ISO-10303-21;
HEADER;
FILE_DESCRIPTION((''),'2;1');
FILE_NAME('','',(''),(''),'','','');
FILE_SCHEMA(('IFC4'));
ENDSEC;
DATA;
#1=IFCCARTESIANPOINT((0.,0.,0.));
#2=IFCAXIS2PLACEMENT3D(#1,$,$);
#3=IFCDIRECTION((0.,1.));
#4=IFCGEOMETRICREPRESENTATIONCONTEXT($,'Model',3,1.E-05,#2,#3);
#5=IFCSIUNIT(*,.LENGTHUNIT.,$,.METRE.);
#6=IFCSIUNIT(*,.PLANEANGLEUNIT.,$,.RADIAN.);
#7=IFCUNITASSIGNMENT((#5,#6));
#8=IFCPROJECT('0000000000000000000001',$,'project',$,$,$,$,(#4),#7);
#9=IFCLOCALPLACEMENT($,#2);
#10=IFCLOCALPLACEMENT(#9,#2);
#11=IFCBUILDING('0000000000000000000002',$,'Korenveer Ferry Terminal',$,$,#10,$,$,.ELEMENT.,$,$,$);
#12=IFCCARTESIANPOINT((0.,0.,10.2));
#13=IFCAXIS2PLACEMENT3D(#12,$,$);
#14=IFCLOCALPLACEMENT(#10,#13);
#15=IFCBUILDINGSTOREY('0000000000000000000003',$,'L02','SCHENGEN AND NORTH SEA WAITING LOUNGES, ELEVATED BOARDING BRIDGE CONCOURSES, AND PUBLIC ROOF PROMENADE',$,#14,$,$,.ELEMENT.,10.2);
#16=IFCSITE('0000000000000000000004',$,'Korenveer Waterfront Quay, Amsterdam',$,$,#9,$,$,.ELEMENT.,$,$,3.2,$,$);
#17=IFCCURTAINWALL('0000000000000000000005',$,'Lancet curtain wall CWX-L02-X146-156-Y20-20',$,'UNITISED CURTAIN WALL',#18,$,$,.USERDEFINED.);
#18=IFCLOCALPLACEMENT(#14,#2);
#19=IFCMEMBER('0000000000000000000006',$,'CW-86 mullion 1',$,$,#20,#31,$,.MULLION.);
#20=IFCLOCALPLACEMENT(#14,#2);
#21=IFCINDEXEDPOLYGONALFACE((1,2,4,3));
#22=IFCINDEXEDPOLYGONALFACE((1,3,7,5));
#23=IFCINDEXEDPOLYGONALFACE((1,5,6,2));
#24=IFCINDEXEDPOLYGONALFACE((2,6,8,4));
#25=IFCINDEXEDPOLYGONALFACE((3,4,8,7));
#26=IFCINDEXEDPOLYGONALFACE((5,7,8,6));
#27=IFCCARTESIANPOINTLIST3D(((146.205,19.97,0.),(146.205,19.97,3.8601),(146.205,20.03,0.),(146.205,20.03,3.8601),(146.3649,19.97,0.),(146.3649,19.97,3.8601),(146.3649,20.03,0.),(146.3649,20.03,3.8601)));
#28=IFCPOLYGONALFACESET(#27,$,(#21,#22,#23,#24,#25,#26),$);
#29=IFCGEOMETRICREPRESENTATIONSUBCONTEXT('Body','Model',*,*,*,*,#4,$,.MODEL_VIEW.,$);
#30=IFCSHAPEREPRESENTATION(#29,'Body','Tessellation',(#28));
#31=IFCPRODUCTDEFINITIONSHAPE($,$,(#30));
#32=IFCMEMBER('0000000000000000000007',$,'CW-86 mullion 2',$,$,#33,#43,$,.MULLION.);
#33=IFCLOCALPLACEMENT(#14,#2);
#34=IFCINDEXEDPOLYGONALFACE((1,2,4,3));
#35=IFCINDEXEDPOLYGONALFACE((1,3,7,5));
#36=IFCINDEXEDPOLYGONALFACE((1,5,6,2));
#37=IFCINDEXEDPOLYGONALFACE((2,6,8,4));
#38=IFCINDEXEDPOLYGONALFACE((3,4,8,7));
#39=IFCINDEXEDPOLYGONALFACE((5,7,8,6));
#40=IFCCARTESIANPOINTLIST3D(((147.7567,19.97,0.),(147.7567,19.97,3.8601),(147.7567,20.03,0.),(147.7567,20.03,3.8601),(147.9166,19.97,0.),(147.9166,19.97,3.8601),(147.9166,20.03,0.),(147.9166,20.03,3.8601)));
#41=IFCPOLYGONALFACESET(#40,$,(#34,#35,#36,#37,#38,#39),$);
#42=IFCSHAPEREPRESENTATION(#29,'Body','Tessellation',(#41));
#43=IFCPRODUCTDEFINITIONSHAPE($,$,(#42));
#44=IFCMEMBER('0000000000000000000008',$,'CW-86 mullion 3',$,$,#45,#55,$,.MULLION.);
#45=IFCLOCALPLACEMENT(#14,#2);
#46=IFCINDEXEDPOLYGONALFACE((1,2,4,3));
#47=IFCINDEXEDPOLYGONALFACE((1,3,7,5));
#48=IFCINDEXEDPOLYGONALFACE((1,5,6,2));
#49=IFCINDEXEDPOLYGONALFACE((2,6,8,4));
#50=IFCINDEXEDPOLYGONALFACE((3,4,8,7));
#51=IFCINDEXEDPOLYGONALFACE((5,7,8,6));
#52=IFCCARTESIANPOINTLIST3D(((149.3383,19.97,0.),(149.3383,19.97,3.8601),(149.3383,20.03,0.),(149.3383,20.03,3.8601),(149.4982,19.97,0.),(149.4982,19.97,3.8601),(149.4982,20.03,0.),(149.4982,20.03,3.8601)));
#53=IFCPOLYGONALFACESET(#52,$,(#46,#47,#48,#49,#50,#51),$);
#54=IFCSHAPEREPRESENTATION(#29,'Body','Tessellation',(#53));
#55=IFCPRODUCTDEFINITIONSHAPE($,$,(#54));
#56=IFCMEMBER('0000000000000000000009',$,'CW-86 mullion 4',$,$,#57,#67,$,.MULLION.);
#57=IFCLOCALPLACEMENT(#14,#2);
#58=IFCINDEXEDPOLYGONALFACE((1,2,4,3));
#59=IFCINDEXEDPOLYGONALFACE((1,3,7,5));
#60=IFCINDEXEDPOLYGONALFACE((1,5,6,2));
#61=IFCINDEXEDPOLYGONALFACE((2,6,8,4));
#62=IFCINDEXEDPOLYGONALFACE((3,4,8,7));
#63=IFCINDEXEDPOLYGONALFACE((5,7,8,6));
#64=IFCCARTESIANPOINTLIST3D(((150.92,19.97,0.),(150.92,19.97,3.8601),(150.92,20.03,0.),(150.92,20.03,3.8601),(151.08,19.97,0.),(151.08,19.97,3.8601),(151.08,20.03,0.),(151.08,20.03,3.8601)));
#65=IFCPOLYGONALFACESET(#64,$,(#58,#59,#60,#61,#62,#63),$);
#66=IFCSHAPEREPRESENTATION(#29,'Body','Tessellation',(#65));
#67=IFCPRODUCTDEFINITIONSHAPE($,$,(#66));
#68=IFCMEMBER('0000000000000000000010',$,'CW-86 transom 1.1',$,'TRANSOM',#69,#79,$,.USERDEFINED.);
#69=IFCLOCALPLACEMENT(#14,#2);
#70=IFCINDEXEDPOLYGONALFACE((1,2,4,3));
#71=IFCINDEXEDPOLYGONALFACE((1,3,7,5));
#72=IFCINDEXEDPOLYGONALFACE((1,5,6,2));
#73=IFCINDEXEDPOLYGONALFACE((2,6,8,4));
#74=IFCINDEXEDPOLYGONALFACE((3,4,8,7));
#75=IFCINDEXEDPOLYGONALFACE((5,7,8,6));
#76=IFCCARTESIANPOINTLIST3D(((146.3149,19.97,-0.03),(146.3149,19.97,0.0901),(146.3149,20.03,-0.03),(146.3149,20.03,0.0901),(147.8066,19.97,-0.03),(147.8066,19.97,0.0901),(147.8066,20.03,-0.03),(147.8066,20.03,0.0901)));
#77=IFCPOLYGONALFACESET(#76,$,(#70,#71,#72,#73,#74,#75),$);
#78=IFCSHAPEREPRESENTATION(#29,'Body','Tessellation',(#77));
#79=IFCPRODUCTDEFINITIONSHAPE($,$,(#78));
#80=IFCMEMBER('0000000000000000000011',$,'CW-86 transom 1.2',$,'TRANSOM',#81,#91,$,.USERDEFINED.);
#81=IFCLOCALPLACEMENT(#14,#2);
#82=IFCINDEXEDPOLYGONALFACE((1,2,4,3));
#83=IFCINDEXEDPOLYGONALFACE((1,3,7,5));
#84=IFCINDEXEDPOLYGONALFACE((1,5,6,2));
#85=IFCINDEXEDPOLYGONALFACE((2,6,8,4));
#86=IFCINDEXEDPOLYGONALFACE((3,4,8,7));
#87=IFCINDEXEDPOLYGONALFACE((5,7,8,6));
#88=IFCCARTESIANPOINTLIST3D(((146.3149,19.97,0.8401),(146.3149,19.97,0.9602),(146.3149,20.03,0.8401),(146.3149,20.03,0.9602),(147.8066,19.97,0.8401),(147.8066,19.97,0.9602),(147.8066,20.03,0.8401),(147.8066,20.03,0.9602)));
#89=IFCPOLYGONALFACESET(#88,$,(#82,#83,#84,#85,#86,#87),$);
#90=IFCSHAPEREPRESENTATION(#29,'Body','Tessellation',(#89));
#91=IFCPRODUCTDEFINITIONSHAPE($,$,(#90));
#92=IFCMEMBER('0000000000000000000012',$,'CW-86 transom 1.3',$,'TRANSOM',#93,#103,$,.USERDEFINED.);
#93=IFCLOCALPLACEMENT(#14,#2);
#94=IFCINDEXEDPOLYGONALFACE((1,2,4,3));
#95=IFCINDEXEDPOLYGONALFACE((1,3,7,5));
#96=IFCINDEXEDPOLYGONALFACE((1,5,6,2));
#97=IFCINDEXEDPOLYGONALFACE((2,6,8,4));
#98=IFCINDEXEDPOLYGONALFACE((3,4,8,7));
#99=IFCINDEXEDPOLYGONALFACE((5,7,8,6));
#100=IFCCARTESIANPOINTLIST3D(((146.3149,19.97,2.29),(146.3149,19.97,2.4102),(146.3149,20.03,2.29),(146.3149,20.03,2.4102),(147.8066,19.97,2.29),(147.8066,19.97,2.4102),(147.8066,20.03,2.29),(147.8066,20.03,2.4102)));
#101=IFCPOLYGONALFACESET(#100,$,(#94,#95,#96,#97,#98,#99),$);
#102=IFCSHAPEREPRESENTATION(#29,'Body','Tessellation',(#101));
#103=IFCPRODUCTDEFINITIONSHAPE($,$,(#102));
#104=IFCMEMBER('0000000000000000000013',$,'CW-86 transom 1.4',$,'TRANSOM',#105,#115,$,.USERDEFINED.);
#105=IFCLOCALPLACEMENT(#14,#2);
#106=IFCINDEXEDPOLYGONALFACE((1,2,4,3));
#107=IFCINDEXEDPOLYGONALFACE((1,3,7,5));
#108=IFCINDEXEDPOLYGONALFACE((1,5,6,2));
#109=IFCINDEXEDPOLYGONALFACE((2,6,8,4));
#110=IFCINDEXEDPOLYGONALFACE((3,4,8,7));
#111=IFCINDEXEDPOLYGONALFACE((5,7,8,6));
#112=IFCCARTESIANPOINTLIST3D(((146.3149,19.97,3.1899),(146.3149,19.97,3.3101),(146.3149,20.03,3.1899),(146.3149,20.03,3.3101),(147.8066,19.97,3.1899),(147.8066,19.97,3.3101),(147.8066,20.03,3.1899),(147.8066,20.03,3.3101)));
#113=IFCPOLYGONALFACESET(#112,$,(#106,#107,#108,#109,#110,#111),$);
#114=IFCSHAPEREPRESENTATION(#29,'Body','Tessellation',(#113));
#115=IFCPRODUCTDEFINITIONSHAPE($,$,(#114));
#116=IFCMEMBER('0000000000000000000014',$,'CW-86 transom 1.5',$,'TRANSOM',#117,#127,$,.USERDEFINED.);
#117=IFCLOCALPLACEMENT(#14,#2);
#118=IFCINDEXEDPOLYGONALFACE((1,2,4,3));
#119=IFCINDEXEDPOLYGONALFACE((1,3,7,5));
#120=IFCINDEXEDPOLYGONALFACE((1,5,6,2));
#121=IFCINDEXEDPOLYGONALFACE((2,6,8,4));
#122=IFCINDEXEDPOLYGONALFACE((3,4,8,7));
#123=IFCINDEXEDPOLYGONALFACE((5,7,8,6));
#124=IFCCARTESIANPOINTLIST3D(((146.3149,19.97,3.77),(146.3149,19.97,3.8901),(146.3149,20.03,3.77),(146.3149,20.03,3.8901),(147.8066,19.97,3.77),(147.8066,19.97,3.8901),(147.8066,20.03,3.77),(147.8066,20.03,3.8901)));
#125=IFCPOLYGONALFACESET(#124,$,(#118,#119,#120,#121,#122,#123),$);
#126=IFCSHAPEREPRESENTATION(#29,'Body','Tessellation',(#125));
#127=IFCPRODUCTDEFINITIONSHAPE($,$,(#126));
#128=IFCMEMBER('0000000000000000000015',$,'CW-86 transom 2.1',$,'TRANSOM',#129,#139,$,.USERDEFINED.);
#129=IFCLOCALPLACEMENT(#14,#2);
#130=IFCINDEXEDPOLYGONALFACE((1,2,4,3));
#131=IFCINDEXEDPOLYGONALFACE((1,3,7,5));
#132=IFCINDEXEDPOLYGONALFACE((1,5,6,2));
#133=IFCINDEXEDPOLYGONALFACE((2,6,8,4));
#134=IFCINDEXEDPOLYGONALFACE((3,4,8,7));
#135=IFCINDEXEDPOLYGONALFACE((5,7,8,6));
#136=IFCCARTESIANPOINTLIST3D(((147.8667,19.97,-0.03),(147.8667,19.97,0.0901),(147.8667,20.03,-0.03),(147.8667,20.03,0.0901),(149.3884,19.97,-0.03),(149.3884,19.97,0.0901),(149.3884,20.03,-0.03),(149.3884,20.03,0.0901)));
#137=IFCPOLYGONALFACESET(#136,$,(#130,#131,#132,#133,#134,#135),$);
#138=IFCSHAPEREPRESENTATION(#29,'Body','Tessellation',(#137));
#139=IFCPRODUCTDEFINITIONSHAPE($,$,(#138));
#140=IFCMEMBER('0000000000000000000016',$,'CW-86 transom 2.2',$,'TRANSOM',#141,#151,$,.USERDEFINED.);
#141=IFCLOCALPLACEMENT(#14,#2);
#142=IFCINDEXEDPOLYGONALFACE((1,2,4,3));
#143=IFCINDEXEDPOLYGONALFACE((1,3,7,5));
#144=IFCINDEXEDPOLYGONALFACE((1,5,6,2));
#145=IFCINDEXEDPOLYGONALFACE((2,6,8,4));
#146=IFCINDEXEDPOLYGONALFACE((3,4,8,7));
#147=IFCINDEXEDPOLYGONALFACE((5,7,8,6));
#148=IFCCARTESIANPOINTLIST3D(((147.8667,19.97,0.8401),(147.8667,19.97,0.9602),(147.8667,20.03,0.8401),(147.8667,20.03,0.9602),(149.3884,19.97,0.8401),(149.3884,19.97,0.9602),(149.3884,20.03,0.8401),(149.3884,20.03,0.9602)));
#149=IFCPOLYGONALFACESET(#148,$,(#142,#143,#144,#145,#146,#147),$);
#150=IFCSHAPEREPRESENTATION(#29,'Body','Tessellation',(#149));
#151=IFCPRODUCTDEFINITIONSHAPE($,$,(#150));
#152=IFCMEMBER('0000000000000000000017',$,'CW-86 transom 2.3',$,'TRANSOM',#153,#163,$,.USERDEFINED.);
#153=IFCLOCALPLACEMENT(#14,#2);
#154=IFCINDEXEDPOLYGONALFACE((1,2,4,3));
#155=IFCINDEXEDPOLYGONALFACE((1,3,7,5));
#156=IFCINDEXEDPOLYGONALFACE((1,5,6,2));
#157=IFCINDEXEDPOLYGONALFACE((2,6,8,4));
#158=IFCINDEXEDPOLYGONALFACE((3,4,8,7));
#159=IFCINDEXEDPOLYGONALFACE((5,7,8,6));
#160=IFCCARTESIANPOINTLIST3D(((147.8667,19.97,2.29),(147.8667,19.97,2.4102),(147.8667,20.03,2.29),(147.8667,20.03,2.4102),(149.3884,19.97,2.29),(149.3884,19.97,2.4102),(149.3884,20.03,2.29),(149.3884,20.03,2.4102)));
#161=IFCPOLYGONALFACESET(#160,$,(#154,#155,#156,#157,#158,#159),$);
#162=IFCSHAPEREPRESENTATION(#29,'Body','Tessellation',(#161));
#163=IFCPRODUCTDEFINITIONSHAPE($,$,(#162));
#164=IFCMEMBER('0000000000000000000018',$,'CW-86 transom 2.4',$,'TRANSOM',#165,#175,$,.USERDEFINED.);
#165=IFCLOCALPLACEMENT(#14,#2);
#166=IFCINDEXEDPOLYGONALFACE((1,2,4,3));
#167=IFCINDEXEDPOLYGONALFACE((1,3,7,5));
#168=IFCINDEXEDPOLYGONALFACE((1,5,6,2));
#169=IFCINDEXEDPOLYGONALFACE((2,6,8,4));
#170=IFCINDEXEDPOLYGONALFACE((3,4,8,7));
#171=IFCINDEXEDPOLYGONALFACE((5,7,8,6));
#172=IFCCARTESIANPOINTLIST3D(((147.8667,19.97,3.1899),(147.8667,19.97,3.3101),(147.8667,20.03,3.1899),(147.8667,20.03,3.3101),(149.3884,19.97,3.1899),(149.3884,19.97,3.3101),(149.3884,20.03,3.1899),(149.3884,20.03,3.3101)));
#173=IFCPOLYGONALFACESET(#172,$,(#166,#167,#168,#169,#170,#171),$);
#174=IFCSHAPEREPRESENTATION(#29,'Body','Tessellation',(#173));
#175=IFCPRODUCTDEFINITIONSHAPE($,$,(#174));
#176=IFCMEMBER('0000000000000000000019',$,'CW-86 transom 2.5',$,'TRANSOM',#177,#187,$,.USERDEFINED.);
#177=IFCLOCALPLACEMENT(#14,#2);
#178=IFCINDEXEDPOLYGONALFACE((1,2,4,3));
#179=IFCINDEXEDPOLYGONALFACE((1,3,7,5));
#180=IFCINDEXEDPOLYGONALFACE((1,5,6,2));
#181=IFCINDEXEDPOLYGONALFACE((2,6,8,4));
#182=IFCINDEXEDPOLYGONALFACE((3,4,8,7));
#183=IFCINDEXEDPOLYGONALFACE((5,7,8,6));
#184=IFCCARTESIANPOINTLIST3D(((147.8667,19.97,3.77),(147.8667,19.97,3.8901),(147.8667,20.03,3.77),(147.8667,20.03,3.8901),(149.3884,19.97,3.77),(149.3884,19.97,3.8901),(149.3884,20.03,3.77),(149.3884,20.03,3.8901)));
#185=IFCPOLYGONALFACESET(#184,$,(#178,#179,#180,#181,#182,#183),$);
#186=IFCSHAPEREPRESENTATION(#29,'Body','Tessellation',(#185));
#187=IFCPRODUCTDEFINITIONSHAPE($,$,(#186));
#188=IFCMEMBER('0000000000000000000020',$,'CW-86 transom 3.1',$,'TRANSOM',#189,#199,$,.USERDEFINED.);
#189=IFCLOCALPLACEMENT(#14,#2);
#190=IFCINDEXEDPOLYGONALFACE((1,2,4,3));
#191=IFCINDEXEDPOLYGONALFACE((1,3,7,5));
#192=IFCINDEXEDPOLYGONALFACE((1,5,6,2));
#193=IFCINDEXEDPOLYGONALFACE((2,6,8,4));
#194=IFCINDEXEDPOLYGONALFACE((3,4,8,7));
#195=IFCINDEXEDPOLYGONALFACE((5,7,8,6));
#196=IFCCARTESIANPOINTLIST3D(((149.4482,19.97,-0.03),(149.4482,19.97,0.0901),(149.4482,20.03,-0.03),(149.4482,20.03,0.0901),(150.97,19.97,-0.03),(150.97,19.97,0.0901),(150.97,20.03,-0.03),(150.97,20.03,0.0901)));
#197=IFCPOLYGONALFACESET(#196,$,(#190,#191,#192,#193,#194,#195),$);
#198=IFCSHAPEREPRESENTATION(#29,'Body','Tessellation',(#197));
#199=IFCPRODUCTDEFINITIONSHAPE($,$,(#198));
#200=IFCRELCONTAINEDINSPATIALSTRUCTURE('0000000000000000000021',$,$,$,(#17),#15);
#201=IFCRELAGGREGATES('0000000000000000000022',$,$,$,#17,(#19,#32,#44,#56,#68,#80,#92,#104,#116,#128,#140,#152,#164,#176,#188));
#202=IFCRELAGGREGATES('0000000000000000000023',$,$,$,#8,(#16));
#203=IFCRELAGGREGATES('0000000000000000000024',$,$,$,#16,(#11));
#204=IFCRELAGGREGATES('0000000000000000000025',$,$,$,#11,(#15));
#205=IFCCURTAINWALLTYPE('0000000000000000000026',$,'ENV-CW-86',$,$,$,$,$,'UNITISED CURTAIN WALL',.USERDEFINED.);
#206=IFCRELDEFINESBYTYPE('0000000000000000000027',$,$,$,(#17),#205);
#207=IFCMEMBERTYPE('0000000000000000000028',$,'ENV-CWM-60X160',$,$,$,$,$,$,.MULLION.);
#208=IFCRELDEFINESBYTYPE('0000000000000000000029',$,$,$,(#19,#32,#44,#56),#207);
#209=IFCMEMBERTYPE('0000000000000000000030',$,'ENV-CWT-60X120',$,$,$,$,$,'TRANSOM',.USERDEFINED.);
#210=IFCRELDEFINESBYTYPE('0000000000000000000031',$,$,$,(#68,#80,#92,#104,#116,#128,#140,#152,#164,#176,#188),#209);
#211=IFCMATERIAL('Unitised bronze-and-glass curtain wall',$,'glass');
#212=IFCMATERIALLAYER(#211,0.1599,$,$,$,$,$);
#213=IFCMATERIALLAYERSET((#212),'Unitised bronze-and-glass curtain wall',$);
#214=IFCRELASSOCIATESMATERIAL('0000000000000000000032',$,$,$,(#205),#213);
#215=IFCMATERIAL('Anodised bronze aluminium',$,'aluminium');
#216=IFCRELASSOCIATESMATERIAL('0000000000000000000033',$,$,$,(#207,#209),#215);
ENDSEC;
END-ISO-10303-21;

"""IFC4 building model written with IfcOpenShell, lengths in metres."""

from ifc_helpers import new_model, si_unit, direction, frame, origin, origin_2d, place, context, subcontext, project, spatial, rectangle, extrude, material, layer, layer_set, material_profile, profile_set, type_object, element, aggregate, save


model = new_model("IFC4")

# Units and contexts
model_context = context("Model", 3, precision=1e-05, world=origin(), true_north=direction((0.0, 1.0)))
body_context = subcontext(model_context, "Body", "Model", "MODEL_VIEW")
ifc_project = project(units=[si_unit("LENGTHUNIT", "METRE"), si_unit("PLANEANGLEUNIT", "RADIAN")], contexts=[model_context])

# Site, building, storey
site_placement = place(None, origin())
site = spatial("IfcSite", under=ifc_project, at=site_placement, Name="Korenveer Waterfront Quay, Amsterdam", CompositionType="ELEMENT", RefElevation=3.2)
building_placement = place(site_placement, origin())
building = spatial("IfcBuilding", under=site, at=building_placement, Name="Korenveer Ferry Terminal", CompositionType="ELEMENT")
storey_placement = place(building_placement, frame((0.0, 0.0, 10.2)))
storey = spatial("IfcBuildingStorey", under=building, at=storey_placement, Name="L02", Description="SCHENGEN AND NORTH SEA WAITING LOUNGES, ELEVATED BOARDING BRIDGE CONCOURSES, AND PUBLIC ROOF PROMENADE", CompositionType="ELEMENT", Elevation=10.2)

# Curtain wall, members
ifc_material_1 = material(Name="Unitised bronze-and-glass curtain wall", Category="glass")
ifc_layer_1 = layer(ifc_material_1, 0.1599)
ifc_layer_set_1 = layer_set([ifc_layer_1], Name="Unitised bronze-and-glass curtain wall")
curtain_wall_type = type_object("IfcCurtainWallType", Name="ENV-CW-86", ElementType="UNITISED CURTAIN WALL", PredefinedType="USERDEFINED", material=ifc_layer_set_1)
curtain_wall_placement = place(storey_placement, frame((146.2549, 20.0, 0.0)))
curtain_wall = element("IfcCurtainWall", 1, at=curtain_wall_placement, inside=storey, type_object=curtain_wall_type, Name="Lancet curtain wall CWX-L02-X146-156-Y20-20", ObjectType="UNITISED CURTAIN WALL", PredefinedType="USERDEFINED")
ifc_material_2 = material(Name="Anodised bronze aluminium", Category="aluminium")
ifc_material_profile_1 = material_profile(ifc_material_2, rectangle(XDim=0.0601, YDim=0.1599, at=origin_2d()), Name="ALU 60x160")
ifc_profile_set_1 = profile_set([ifc_material_profile_1], Name="Anodised bronze aluminium")
member_type_1 = type_object("IfcMemberType", Name="ENV-CWM-60X160", PredefinedType="MULLION", material=ifc_profile_set_1)
member_1_placement = place(storey_placement, frame((146.2849, 20.0, 0.0), z_axis=(0.0, 0.0, 1.0), x_axis=(0.0, 1.0, 0.0)))
member_1 = element("IfcMember", 2, at=member_1_placement, type_object=member_type_1, Name="CW-86 mullion 1", PredefinedType="MULLION", context=body_context, shape_type="SweptSolid", body=[
    extrude(rectangle(XDim=0.0601, YDim=0.1599, at=origin_2d()), origin(), (0.0, 0.0, 1.0), 3.8601),
])
member_2_placement = place(storey_placement, frame((147.8367, 20.0, 0.0), z_axis=(0.0, 0.0, 1.0), x_axis=(0.0, 1.0, 0.0)))
member_2 = element("IfcMember", 3, at=member_2_placement, type_object=member_type_1, Name="CW-86 mullion 2", PredefinedType="MULLION", context=body_context, shape_type="SweptSolid", body=[
    extrude(rectangle(XDim=0.0601, YDim=0.1599, at=origin_2d()), origin(), (0.0, 0.0, 1.0), 3.8601),
])
member_3_placement = place(storey_placement, frame((149.4182, 20.0, 0.0), z_axis=(0.0, 0.0, 1.0), x_axis=(0.0, 1.0, 0.0)))
member_3 = element("IfcMember", 4, at=member_3_placement, type_object=member_type_1, Name="CW-86 mullion 3", PredefinedType="MULLION", context=body_context, shape_type="SweptSolid", body=[
    extrude(rectangle(XDim=0.0601, YDim=0.1599, at=origin_2d()), origin(), (0.0, 0.0, 1.0), 3.8601),
])
member_4_placement = place(storey_placement, frame((151.0, 20.0, 0.0), z_axis=(0.0, 0.0, 1.0), x_axis=(0.0, 1.0, 0.0)))
member_4 = element("IfcMember", 5, at=member_4_placement, type_object=member_type_1, Name="CW-86 mullion 4", PredefinedType="MULLION", context=body_context, shape_type="SweptSolid", body=[
    extrude(rectangle(XDim=0.0601, YDim=0.1599, at=origin_2d()), origin(), (0.0, 0.0, 1.0), 3.8601),
])
ifc_material_profile_2 = material_profile(ifc_material_2, rectangle(XDim=0.0601, YDim=0.1201, at=origin_2d()), Name="ALU 60x120")
ifc_profile_set_2 = profile_set([ifc_material_profile_2], Name="Anodised bronze aluminium")
member_type_2 = type_object("IfcMemberType", Name="ENV-CWT-60X120", ElementType="TRANSOM", PredefinedType="USERDEFINED", material=ifc_profile_set_2)
member_5_placement = place(storey_placement, frame((146.3149, 20.0, 0.03), z_axis=(1.0, 0.0, 0.0), x_axis=(0.0, 1.0, 0.0)))
member_5 = element("IfcMember", 6, at=member_5_placement, type_object=member_type_2, Name="CW-86 transom 1.1", ObjectType="TRANSOM", PredefinedType="USERDEFINED", context=body_context, shape_type="SweptSolid", body=[
    extrude(rectangle(XDim=0.0601, YDim=0.1201, at=origin_2d()), origin(), (0.0, 0.0, 1.0), 1.4917),
])
member_6_placement = place(storey_placement, frame((146.3149, 20.0, 0.9001), z_axis=(1.0, 0.0, 0.0), x_axis=(0.0, 1.0, 0.0)))
member_6 = element("IfcMember", 7, at=member_6_placement, type_object=member_type_2, Name="CW-86 transom 1.2", ObjectType="TRANSOM", PredefinedType="USERDEFINED", context=body_context, shape_type="SweptSolid", body=[
    extrude(rectangle(XDim=0.0601, YDim=0.1201, at=origin_2d()), origin(), (0.0, 0.0, 1.0), 1.4917),
])
member_7_placement = place(storey_placement, frame((146.3149, 20.0, 2.3501), z_axis=(1.0, 0.0, 0.0), x_axis=(0.0, 1.0, 0.0)))
member_7 = element("IfcMember", 8, at=member_7_placement, type_object=member_type_2, Name="CW-86 transom 1.3", ObjectType="TRANSOM", PredefinedType="USERDEFINED", context=body_context, shape_type="SweptSolid", body=[
    extrude(rectangle(XDim=0.0601, YDim=0.1201, at=origin_2d()), origin(), (0.0, 0.0, 1.0), 1.4917),
])
member_8_placement = place(storey_placement, frame((146.3149, 20.0, 3.25), z_axis=(1.0, 0.0, 0.0), x_axis=(0.0, 1.0, 0.0)))
member_8 = element("IfcMember", 9, at=member_8_placement, type_object=member_type_2, Name="CW-86 transom 1.4", ObjectType="TRANSOM", PredefinedType="USERDEFINED", context=body_context, shape_type="SweptSolid", body=[
    extrude(rectangle(XDim=0.0601, YDim=0.1201, at=origin_2d()), origin(), (0.0, 0.0, 1.0), 1.4917),
])
member_9_placement = place(storey_placement, frame((146.3149, 20.0, 3.8301), z_axis=(1.0, 0.0, 0.0), x_axis=(0.0, 1.0, 0.0)))
member_9 = element("IfcMember", 10, at=member_9_placement, type_object=member_type_2, Name="CW-86 transom 1.5", ObjectType="TRANSOM", PredefinedType="USERDEFINED", context=body_context, shape_type="SweptSolid", body=[
    extrude(rectangle(XDim=0.0601, YDim=0.1201, at=origin_2d()), origin(), (0.0, 0.0, 1.0), 1.4917),
])
member_10_placement = place(storey_placement, frame((147.8667, 20.0, 0.03), z_axis=(1.0, 0.0, 0.0), x_axis=(0.0, 1.0, 0.0)))
member_10 = element("IfcMember", 11, at=member_10_placement, type_object=member_type_2, Name="CW-86 transom 2.1", ObjectType="TRANSOM", PredefinedType="USERDEFINED", context=body_context, shape_type="SweptSolid", body=[
    extrude(rectangle(XDim=0.0601, YDim=0.1201, at=origin_2d()), origin(), (0.0, 0.0, 1.0), 1.5217),
])
member_11_placement = place(storey_placement, frame((147.8667, 20.0, 0.9001), z_axis=(1.0, 0.0, 0.0), x_axis=(0.0, 1.0, 0.0)))
member_11 = element("IfcMember", 12, at=member_11_placement, type_object=member_type_2, Name="CW-86 transom 2.2", ObjectType="TRANSOM", PredefinedType="USERDEFINED", context=body_context, shape_type="SweptSolid", body=[
    extrude(rectangle(XDim=0.0601, YDim=0.1201, at=origin_2d()), origin(), (0.0, 0.0, 1.0), 1.5217),
])
member_12_placement = place(storey_placement, frame((147.8667, 20.0, 2.3501), z_axis=(1.0, 0.0, 0.0), x_axis=(0.0, 1.0, 0.0)))
member_12 = element("IfcMember", 13, at=member_12_placement, type_object=member_type_2, Name="CW-86 transom 2.3", ObjectType="TRANSOM", PredefinedType="USERDEFINED", context=body_context, shape_type="SweptSolid", body=[
    extrude(rectangle(XDim=0.0601, YDim=0.1201, at=origin_2d()), origin(), (0.0, 0.0, 1.0), 1.5217),
])
member_13_placement = place(storey_placement, frame((147.8667, 20.0, 3.25), z_axis=(1.0, 0.0, 0.0), x_axis=(0.0, 1.0, 0.0)))
member_13 = element("IfcMember", 14, at=member_13_placement, type_object=member_type_2, Name="CW-86 transom 2.4", ObjectType="TRANSOM", PredefinedType="USERDEFINED", context=body_context, shape_type="SweptSolid", body=[
    extrude(rectangle(XDim=0.0601, YDim=0.1201, at=origin_2d()), origin(), (0.0, 0.0, 1.0), 1.5217),
])
member_14_placement = place(storey_placement, frame((147.8667, 20.0, 3.8301), z_axis=(1.0, 0.0, 0.0), x_axis=(0.0, 1.0, 0.0)))
member_14 = element("IfcMember", 15, at=member_14_placement, type_object=member_type_2, Name="CW-86 transom 2.5", ObjectType="TRANSOM", PredefinedType="USERDEFINED", context=body_context, shape_type="SweptSolid", body=[
    extrude(rectangle(XDim=0.0601, YDim=0.1201, at=origin_2d()), origin(), (0.0, 0.0, 1.0), 1.5217),
])
member_15_placement = place(storey_placement, frame((149.4482, 20.0, 0.03), z_axis=(1.0, 0.0, 0.0), x_axis=(0.0, 1.0, 0.0)))
member_15 = element("IfcMember", 16, at=member_15_placement, type_object=member_type_2, Name="CW-86 transom 3.1", ObjectType="TRANSOM", PredefinedType="USERDEFINED", context=body_context, shape_type="SweptSolid", body=[
    extrude(rectangle(XDim=0.0601, YDim=0.1201, at=origin_2d()), origin(), (0.0, 0.0, 1.0), 1.5217),
])
aggregate(curtain_wall, [member_1, member_2, member_3, member_4, member_5, member_6, member_7, member_8, member_9, member_10, member_11, member_12, member_13, member_14, member_15])

save(model, "model.ifc")
